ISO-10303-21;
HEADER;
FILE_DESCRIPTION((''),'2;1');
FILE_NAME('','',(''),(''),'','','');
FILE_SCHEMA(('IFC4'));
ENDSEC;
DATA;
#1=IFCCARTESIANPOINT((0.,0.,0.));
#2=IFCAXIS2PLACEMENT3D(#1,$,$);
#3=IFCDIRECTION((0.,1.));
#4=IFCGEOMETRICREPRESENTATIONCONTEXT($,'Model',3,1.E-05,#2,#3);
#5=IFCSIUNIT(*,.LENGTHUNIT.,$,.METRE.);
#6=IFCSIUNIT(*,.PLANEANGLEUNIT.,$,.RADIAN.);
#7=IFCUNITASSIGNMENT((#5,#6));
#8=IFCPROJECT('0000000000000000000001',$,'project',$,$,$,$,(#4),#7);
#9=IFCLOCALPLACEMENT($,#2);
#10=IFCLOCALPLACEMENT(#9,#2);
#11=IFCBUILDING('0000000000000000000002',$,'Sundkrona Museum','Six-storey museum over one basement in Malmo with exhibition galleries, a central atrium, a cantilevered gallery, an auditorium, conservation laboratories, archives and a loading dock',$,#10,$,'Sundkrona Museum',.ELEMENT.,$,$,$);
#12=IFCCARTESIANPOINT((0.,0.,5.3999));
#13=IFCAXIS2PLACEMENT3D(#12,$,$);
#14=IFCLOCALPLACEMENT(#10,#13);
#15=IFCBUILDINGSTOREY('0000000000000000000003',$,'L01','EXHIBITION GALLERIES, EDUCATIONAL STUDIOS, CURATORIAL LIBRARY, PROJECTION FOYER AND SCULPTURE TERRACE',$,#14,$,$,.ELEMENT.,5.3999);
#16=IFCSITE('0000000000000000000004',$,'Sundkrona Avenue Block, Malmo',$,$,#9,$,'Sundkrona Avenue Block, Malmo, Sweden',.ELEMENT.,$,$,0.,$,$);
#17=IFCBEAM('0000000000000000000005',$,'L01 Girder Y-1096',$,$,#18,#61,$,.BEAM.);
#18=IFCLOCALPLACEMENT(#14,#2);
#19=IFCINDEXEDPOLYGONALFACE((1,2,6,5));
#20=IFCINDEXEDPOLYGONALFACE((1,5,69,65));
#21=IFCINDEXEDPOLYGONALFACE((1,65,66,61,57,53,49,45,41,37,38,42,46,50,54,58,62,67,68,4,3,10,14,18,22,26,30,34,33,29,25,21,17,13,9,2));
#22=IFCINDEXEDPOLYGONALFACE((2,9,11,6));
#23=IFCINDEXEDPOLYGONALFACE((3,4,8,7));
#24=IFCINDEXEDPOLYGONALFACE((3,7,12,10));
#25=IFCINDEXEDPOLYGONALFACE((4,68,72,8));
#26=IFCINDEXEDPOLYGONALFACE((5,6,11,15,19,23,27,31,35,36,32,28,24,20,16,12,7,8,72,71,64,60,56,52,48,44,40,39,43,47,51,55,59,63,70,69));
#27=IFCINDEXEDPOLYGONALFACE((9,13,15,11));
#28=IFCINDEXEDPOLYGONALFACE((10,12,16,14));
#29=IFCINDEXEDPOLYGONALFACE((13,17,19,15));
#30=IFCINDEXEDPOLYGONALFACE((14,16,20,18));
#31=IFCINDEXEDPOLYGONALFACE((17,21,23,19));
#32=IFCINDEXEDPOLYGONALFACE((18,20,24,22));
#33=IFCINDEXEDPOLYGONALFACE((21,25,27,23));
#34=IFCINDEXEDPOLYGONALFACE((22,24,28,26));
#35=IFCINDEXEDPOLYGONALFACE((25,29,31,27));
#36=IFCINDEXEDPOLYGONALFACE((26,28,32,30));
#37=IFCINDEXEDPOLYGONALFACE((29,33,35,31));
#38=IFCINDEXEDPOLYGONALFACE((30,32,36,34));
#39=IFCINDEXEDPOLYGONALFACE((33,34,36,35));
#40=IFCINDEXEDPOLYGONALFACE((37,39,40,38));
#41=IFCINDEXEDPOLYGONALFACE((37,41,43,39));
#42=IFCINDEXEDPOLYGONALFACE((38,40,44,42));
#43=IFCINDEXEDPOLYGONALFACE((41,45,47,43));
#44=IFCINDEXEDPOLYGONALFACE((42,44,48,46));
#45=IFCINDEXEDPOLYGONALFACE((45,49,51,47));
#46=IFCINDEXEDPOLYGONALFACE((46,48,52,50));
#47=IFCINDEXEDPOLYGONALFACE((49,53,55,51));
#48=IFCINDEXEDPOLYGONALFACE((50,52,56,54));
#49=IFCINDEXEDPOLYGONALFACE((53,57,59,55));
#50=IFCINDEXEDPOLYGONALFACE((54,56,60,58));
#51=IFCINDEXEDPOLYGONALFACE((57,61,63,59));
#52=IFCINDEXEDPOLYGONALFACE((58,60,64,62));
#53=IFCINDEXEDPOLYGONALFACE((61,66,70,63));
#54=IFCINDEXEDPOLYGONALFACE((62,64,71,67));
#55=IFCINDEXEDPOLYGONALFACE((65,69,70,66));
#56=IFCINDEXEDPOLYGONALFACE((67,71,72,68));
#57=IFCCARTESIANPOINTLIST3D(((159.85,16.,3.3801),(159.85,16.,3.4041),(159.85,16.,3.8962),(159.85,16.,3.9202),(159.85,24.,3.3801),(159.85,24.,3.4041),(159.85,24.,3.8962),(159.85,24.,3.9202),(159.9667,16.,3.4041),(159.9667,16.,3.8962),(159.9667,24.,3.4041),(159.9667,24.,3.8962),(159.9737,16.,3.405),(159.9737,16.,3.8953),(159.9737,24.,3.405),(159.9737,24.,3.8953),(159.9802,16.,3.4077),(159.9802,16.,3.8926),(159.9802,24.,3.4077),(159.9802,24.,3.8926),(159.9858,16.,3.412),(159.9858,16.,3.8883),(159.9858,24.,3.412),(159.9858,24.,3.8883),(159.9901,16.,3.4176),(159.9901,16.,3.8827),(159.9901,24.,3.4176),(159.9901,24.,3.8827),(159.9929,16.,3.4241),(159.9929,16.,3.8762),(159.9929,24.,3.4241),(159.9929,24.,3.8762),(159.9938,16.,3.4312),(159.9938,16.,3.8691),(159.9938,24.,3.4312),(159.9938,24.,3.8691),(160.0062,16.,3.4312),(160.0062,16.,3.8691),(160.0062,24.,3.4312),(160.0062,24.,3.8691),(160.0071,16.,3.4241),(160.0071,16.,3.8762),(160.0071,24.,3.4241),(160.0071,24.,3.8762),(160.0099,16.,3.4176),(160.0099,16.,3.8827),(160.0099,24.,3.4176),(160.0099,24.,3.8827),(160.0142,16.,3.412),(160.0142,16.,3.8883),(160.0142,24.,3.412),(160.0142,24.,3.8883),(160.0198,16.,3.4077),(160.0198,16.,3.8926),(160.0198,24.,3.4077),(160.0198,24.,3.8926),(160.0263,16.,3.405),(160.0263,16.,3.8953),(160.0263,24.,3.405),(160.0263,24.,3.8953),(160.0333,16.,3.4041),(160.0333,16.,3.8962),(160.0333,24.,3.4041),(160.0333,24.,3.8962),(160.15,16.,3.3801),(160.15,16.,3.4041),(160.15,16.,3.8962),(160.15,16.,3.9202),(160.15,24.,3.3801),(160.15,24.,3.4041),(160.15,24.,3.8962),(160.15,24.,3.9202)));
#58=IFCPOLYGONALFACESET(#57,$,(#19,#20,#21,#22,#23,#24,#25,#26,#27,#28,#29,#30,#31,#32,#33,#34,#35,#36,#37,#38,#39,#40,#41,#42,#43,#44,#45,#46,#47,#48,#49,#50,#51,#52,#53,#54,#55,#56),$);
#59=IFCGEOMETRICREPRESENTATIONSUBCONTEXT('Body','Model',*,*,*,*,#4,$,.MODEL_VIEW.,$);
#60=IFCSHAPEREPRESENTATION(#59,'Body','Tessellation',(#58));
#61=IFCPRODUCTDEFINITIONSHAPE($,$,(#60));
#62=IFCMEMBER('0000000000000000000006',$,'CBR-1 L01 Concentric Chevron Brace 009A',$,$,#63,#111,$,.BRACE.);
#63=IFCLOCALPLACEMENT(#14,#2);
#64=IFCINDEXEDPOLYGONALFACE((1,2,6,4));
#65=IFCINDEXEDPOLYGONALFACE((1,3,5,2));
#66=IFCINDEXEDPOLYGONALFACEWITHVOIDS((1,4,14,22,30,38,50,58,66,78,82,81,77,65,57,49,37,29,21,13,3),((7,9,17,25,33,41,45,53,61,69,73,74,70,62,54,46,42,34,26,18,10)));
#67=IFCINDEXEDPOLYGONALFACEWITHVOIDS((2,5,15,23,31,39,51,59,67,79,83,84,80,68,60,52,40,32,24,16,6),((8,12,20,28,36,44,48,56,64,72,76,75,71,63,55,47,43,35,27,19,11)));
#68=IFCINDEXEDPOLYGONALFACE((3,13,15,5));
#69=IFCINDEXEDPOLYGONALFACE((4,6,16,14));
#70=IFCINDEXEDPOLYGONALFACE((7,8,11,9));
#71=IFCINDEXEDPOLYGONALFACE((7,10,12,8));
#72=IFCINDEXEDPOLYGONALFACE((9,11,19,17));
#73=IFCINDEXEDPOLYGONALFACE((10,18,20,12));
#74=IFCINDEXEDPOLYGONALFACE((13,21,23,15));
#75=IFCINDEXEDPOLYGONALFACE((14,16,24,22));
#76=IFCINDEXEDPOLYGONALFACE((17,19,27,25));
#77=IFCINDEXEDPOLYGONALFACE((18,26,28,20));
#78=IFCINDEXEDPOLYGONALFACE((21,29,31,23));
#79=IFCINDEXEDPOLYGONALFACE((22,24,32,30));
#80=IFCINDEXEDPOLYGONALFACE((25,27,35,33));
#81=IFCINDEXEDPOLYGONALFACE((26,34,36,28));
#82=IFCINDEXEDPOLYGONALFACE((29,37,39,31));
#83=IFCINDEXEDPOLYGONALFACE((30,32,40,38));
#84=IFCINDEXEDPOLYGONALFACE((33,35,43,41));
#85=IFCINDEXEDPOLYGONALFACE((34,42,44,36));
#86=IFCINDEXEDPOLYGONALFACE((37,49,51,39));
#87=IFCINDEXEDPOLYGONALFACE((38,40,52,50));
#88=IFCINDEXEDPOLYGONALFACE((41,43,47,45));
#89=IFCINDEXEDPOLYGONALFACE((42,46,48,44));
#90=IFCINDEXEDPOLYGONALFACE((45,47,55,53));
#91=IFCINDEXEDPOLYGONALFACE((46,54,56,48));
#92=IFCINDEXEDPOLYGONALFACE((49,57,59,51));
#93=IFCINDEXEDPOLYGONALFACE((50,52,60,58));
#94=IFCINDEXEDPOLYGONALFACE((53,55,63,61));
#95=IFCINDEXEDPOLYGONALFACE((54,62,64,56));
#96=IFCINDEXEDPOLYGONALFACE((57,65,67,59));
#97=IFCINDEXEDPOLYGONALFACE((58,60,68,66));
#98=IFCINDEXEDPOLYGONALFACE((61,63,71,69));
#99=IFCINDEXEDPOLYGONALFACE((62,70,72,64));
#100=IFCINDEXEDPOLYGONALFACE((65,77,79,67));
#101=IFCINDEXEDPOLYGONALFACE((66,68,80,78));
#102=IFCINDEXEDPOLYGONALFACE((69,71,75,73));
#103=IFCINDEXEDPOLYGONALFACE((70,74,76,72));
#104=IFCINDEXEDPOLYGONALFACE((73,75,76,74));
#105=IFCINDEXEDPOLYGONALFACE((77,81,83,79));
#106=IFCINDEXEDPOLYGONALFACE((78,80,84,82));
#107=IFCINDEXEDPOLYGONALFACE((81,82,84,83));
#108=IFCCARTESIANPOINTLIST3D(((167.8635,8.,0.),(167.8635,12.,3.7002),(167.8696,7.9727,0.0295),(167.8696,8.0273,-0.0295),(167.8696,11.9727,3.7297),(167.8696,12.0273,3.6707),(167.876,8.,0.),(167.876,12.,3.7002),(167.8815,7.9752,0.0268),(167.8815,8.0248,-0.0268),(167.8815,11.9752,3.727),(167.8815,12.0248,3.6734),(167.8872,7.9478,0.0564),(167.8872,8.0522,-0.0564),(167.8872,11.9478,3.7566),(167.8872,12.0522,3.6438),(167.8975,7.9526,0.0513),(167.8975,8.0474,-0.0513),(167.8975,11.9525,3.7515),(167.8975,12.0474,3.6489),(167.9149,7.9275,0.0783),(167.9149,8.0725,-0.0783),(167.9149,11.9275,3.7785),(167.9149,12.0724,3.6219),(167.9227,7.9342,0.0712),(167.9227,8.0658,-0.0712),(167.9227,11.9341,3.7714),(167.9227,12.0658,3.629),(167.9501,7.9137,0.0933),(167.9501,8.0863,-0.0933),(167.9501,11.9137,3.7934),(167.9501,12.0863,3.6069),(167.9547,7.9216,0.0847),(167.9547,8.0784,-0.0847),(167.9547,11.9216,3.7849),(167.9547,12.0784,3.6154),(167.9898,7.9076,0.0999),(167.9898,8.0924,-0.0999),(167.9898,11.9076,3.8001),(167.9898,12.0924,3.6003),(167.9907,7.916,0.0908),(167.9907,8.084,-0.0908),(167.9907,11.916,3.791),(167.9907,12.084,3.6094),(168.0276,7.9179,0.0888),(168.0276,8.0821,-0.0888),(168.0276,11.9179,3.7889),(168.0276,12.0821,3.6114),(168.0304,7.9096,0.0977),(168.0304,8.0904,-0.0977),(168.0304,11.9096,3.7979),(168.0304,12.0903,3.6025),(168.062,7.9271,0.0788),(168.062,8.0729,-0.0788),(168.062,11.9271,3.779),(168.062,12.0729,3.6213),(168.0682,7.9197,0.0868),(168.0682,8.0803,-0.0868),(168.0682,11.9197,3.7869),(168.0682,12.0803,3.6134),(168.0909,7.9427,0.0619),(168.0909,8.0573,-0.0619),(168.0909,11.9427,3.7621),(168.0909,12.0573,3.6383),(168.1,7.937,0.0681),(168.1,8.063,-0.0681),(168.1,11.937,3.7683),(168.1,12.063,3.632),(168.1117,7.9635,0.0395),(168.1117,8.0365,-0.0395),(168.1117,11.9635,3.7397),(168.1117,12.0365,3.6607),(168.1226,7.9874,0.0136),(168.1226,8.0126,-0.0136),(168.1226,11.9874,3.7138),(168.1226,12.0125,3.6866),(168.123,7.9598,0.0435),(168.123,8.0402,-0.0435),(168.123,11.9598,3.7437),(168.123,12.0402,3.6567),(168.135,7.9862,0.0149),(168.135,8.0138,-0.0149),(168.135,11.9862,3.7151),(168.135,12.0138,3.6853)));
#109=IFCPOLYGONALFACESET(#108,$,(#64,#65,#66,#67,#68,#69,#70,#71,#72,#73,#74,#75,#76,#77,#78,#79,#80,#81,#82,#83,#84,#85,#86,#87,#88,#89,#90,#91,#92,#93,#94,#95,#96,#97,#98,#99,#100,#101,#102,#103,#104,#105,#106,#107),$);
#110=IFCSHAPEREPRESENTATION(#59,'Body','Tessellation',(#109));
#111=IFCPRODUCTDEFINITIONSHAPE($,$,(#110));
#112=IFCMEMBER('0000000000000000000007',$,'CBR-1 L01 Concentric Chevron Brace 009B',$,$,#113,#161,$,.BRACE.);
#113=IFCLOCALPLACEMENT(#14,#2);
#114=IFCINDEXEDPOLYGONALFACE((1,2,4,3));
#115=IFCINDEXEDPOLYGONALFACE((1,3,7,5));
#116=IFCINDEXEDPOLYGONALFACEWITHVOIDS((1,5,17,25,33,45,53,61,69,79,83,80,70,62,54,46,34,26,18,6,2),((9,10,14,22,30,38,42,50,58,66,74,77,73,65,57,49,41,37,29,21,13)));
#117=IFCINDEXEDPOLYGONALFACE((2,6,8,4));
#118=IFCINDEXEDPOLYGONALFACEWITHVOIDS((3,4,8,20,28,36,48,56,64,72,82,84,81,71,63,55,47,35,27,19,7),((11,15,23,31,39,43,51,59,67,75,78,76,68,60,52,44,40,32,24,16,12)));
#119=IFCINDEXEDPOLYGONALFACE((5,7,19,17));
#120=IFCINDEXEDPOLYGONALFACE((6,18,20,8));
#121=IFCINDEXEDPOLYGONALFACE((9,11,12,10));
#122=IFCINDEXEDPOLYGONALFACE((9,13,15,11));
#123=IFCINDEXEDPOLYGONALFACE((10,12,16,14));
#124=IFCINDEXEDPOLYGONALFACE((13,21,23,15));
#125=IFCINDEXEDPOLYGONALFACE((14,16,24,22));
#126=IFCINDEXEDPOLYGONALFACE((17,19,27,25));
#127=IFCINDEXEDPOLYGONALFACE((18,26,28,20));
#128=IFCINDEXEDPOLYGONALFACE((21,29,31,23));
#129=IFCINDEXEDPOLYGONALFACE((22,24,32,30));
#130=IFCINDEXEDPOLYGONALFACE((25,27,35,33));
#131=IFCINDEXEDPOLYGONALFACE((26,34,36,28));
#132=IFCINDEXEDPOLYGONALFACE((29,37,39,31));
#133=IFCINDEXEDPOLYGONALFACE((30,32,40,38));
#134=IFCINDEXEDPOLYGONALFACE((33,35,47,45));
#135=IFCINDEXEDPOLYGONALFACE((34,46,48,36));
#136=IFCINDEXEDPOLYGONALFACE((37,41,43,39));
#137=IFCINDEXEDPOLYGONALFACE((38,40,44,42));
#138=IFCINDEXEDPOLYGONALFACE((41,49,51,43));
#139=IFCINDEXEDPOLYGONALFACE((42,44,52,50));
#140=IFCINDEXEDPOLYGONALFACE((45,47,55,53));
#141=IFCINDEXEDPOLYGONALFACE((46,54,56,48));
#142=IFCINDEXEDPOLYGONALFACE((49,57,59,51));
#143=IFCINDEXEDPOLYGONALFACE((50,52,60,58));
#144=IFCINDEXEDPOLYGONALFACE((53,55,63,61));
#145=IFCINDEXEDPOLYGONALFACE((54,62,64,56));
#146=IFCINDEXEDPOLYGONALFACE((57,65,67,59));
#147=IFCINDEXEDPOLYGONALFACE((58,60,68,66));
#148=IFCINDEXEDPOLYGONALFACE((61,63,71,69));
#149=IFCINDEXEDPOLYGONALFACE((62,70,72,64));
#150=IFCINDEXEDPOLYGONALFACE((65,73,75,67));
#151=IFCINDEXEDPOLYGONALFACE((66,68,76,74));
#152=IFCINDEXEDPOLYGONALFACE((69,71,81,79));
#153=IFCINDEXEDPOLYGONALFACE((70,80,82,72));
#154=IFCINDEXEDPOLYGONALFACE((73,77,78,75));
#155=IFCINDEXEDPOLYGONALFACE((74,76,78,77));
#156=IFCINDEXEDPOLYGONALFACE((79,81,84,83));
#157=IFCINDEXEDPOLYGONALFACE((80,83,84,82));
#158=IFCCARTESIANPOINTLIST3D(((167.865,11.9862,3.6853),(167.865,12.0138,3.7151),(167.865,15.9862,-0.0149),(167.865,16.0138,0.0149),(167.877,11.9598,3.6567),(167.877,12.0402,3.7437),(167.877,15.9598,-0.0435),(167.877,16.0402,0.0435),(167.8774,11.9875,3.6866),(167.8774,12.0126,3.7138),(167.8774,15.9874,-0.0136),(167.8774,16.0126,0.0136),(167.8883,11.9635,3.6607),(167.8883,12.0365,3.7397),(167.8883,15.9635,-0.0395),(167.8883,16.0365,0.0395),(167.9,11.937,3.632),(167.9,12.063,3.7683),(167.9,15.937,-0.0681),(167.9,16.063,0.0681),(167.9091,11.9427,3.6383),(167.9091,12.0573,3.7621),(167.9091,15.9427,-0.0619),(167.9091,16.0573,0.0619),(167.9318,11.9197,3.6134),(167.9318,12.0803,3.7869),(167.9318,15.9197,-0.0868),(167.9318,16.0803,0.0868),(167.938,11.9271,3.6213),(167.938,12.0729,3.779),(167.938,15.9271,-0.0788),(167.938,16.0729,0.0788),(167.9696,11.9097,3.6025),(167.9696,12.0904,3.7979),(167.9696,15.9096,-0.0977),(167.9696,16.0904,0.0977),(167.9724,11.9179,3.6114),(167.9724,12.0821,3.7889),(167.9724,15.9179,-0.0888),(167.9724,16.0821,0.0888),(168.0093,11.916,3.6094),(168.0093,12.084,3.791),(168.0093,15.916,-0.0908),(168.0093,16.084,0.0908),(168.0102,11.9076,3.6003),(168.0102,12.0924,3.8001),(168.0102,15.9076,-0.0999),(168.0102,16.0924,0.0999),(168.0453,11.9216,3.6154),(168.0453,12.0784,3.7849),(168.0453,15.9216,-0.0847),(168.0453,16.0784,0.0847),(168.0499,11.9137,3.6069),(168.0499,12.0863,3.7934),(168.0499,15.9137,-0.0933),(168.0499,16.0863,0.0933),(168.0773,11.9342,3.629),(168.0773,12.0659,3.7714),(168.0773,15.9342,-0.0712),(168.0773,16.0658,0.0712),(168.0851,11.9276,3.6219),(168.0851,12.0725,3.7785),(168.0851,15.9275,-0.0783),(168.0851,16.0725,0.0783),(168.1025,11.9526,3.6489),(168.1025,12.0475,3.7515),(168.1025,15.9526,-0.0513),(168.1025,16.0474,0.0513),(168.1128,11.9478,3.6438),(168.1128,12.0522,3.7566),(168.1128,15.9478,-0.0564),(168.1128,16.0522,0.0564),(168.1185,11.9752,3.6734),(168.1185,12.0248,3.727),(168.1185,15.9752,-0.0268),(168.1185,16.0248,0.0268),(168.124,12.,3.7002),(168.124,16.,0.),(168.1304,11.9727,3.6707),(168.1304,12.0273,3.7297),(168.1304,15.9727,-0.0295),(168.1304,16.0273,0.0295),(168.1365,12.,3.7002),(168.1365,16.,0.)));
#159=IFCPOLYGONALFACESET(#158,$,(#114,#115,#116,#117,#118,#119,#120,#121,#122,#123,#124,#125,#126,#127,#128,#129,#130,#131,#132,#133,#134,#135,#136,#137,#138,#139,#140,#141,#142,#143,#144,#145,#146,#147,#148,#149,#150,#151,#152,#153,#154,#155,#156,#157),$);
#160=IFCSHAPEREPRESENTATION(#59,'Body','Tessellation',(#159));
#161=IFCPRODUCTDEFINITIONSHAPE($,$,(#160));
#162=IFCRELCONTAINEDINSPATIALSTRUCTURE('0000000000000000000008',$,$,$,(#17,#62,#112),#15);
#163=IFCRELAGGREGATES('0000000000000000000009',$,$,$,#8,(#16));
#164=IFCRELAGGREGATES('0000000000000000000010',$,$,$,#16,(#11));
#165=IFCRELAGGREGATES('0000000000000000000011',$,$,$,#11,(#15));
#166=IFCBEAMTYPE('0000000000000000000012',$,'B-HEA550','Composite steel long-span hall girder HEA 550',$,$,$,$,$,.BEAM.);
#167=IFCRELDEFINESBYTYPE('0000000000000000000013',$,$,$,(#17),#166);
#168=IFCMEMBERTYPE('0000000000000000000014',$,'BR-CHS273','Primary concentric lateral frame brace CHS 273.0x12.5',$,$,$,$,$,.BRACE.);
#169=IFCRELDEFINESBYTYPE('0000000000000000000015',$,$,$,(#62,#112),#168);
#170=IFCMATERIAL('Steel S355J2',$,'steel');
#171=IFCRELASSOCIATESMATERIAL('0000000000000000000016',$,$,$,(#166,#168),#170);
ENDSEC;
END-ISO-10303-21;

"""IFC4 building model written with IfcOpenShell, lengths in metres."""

from ifc_helpers import new_model, si_unit, direction, frame, origin, origin_2d, place, context, subcontext, project, spatial, hollow_circle, i_section, extrude, material, material_profile, profile_set, type_object, element, save


model = new_model("IFC4")

# Units and contexts
model_context = context("Model", 3, precision=1e-05, world=origin(), true_north=direction((0.0, 1.0)))
body_context = subcontext(model_context, "Body", "Model", "MODEL_VIEW")
ifc_project = project(units=[si_unit("LENGTHUNIT", "METRE"), si_unit("PLANEANGLEUNIT", "RADIAN")], contexts=[model_context])

# Site, building, storey
site_placement = place(None, origin())
site = spatial("IfcSite", under=ifc_project, at=site_placement, Name="Sundkrona Avenue Block, Malmo", LongName="Sundkrona Avenue Block, Malmo, Sweden", CompositionType="ELEMENT", RefElevation=0.0)
building_placement = place(site_placement, origin())
building = spatial("IfcBuilding", under=site, at=building_placement, Name="Sundkrona Museum", Description="Six-storey museum over one basement in Malmo with exhibition galleries, a central atrium, a cantilevered gallery, an auditorium, conservation laboratories, archives and a loading dock", LongName="Sundkrona Museum", CompositionType="ELEMENT")
storey_placement = place(building_placement, frame((0.0, 0.0, 5.3999)))
storey = spatial("IfcBuildingStorey", under=building, at=storey_placement, Name="L01", Description="EXHIBITION GALLERIES, EDUCATIONAL STUDIOS, CURATORIAL LIBRARY, PROJECTION FOYER AND SCULPTURE TERRACE", CompositionType="ELEMENT", Elevation=5.3999)

# Shared definitions
ifc_material_1 = material(Name="Steel S355J2", Category="steel")

# Beam
ifc_material_profile_1 = material_profile(ifc_material_1, i_section(OverallWidth=0.3, OverallDepth=0.54, WebThickness=0.0125, FlangeThickness=0.0239, FilletRadius=0.0271, at=origin_2d()), Name="HEA 550")
ifc_profile_set_1 = profile_set([ifc_material_profile_1], Name="Steel S355J2")
beam_type_1 = type_object("IfcBeamType", Name="B-HEA550", Description="Composite steel long-span hall girder HEA 550", PredefinedType="BEAM", material=ifc_profile_set_1)
for number, where, z_axis, x_axis, name in (
    (1, (160.0, 16.0, 3.6501), (0.0, 1.0, 0.0), (-1.0, 0.0, 0.0), "L01 Girder Y-1096"),
):
    element("IfcBeam", number, at=place(storey_placement, frame(where, z_axis=z_axis, x_axis=x_axis)), inside=storey, type_object=beam_type_1, Name=name, PredefinedType="BEAM", context=body_context, shape_type="SweptSolid", body=[
        extrude(i_section(OverallWidth=0.3, OverallDepth=0.54, WebThickness=0.0125, FlangeThickness=0.0239, FilletRadius=0.0271, at=origin_2d()), origin(), (0.0, 0.0, 1.0), 8.0),
    ])

# Members
ifc_material_profile_2 = material_profile(ifc_material_1, hollow_circle(Radius=0.1365, WallThickness=0.0125, at=origin_2d()), Name="CHS 273.0x12.5")
ifc_profile_set_2 = profile_set([ifc_material_profile_2], Name="Steel S355J2")
member_type = type_object("IfcMemberType", Name="BR-CHS273", Description="Primary concentric lateral frame brace CHS 273.0x12.5", PredefinedType="BRACE", material=ifc_profile_set_2)
for number, where, z_axis, x_axis, name in (
    (2, (168.0, 8.0, 0.0), (0.0, 0.734082, 0.679061), (-1.0, 0.0, 0.0), "CBR-1 L01 Concentric Chevron Brace 009A"),
    (3, (168.0, 16.0, 0.0), (0.0, -0.734082, 0.679061), (1.0, 0.0, 0.0), "CBR-1 L01 Concentric Chevron Brace 009B"),
):
    element("IfcMember", number, at=place(storey_placement, frame(where, z_axis=z_axis, x_axis=x_axis)), inside=storey, type_object=member_type, Name=name, PredefinedType="BRACE", context=body_context, shape_type="SweptSolid", body=[
        extrude(hollow_circle(Radius=0.1365, WallThickness=0.0125, at=origin_2d()), origin(), (0.0, 0.0, 1.0), 5.449),
    ])

save(model, "model.ifc")
